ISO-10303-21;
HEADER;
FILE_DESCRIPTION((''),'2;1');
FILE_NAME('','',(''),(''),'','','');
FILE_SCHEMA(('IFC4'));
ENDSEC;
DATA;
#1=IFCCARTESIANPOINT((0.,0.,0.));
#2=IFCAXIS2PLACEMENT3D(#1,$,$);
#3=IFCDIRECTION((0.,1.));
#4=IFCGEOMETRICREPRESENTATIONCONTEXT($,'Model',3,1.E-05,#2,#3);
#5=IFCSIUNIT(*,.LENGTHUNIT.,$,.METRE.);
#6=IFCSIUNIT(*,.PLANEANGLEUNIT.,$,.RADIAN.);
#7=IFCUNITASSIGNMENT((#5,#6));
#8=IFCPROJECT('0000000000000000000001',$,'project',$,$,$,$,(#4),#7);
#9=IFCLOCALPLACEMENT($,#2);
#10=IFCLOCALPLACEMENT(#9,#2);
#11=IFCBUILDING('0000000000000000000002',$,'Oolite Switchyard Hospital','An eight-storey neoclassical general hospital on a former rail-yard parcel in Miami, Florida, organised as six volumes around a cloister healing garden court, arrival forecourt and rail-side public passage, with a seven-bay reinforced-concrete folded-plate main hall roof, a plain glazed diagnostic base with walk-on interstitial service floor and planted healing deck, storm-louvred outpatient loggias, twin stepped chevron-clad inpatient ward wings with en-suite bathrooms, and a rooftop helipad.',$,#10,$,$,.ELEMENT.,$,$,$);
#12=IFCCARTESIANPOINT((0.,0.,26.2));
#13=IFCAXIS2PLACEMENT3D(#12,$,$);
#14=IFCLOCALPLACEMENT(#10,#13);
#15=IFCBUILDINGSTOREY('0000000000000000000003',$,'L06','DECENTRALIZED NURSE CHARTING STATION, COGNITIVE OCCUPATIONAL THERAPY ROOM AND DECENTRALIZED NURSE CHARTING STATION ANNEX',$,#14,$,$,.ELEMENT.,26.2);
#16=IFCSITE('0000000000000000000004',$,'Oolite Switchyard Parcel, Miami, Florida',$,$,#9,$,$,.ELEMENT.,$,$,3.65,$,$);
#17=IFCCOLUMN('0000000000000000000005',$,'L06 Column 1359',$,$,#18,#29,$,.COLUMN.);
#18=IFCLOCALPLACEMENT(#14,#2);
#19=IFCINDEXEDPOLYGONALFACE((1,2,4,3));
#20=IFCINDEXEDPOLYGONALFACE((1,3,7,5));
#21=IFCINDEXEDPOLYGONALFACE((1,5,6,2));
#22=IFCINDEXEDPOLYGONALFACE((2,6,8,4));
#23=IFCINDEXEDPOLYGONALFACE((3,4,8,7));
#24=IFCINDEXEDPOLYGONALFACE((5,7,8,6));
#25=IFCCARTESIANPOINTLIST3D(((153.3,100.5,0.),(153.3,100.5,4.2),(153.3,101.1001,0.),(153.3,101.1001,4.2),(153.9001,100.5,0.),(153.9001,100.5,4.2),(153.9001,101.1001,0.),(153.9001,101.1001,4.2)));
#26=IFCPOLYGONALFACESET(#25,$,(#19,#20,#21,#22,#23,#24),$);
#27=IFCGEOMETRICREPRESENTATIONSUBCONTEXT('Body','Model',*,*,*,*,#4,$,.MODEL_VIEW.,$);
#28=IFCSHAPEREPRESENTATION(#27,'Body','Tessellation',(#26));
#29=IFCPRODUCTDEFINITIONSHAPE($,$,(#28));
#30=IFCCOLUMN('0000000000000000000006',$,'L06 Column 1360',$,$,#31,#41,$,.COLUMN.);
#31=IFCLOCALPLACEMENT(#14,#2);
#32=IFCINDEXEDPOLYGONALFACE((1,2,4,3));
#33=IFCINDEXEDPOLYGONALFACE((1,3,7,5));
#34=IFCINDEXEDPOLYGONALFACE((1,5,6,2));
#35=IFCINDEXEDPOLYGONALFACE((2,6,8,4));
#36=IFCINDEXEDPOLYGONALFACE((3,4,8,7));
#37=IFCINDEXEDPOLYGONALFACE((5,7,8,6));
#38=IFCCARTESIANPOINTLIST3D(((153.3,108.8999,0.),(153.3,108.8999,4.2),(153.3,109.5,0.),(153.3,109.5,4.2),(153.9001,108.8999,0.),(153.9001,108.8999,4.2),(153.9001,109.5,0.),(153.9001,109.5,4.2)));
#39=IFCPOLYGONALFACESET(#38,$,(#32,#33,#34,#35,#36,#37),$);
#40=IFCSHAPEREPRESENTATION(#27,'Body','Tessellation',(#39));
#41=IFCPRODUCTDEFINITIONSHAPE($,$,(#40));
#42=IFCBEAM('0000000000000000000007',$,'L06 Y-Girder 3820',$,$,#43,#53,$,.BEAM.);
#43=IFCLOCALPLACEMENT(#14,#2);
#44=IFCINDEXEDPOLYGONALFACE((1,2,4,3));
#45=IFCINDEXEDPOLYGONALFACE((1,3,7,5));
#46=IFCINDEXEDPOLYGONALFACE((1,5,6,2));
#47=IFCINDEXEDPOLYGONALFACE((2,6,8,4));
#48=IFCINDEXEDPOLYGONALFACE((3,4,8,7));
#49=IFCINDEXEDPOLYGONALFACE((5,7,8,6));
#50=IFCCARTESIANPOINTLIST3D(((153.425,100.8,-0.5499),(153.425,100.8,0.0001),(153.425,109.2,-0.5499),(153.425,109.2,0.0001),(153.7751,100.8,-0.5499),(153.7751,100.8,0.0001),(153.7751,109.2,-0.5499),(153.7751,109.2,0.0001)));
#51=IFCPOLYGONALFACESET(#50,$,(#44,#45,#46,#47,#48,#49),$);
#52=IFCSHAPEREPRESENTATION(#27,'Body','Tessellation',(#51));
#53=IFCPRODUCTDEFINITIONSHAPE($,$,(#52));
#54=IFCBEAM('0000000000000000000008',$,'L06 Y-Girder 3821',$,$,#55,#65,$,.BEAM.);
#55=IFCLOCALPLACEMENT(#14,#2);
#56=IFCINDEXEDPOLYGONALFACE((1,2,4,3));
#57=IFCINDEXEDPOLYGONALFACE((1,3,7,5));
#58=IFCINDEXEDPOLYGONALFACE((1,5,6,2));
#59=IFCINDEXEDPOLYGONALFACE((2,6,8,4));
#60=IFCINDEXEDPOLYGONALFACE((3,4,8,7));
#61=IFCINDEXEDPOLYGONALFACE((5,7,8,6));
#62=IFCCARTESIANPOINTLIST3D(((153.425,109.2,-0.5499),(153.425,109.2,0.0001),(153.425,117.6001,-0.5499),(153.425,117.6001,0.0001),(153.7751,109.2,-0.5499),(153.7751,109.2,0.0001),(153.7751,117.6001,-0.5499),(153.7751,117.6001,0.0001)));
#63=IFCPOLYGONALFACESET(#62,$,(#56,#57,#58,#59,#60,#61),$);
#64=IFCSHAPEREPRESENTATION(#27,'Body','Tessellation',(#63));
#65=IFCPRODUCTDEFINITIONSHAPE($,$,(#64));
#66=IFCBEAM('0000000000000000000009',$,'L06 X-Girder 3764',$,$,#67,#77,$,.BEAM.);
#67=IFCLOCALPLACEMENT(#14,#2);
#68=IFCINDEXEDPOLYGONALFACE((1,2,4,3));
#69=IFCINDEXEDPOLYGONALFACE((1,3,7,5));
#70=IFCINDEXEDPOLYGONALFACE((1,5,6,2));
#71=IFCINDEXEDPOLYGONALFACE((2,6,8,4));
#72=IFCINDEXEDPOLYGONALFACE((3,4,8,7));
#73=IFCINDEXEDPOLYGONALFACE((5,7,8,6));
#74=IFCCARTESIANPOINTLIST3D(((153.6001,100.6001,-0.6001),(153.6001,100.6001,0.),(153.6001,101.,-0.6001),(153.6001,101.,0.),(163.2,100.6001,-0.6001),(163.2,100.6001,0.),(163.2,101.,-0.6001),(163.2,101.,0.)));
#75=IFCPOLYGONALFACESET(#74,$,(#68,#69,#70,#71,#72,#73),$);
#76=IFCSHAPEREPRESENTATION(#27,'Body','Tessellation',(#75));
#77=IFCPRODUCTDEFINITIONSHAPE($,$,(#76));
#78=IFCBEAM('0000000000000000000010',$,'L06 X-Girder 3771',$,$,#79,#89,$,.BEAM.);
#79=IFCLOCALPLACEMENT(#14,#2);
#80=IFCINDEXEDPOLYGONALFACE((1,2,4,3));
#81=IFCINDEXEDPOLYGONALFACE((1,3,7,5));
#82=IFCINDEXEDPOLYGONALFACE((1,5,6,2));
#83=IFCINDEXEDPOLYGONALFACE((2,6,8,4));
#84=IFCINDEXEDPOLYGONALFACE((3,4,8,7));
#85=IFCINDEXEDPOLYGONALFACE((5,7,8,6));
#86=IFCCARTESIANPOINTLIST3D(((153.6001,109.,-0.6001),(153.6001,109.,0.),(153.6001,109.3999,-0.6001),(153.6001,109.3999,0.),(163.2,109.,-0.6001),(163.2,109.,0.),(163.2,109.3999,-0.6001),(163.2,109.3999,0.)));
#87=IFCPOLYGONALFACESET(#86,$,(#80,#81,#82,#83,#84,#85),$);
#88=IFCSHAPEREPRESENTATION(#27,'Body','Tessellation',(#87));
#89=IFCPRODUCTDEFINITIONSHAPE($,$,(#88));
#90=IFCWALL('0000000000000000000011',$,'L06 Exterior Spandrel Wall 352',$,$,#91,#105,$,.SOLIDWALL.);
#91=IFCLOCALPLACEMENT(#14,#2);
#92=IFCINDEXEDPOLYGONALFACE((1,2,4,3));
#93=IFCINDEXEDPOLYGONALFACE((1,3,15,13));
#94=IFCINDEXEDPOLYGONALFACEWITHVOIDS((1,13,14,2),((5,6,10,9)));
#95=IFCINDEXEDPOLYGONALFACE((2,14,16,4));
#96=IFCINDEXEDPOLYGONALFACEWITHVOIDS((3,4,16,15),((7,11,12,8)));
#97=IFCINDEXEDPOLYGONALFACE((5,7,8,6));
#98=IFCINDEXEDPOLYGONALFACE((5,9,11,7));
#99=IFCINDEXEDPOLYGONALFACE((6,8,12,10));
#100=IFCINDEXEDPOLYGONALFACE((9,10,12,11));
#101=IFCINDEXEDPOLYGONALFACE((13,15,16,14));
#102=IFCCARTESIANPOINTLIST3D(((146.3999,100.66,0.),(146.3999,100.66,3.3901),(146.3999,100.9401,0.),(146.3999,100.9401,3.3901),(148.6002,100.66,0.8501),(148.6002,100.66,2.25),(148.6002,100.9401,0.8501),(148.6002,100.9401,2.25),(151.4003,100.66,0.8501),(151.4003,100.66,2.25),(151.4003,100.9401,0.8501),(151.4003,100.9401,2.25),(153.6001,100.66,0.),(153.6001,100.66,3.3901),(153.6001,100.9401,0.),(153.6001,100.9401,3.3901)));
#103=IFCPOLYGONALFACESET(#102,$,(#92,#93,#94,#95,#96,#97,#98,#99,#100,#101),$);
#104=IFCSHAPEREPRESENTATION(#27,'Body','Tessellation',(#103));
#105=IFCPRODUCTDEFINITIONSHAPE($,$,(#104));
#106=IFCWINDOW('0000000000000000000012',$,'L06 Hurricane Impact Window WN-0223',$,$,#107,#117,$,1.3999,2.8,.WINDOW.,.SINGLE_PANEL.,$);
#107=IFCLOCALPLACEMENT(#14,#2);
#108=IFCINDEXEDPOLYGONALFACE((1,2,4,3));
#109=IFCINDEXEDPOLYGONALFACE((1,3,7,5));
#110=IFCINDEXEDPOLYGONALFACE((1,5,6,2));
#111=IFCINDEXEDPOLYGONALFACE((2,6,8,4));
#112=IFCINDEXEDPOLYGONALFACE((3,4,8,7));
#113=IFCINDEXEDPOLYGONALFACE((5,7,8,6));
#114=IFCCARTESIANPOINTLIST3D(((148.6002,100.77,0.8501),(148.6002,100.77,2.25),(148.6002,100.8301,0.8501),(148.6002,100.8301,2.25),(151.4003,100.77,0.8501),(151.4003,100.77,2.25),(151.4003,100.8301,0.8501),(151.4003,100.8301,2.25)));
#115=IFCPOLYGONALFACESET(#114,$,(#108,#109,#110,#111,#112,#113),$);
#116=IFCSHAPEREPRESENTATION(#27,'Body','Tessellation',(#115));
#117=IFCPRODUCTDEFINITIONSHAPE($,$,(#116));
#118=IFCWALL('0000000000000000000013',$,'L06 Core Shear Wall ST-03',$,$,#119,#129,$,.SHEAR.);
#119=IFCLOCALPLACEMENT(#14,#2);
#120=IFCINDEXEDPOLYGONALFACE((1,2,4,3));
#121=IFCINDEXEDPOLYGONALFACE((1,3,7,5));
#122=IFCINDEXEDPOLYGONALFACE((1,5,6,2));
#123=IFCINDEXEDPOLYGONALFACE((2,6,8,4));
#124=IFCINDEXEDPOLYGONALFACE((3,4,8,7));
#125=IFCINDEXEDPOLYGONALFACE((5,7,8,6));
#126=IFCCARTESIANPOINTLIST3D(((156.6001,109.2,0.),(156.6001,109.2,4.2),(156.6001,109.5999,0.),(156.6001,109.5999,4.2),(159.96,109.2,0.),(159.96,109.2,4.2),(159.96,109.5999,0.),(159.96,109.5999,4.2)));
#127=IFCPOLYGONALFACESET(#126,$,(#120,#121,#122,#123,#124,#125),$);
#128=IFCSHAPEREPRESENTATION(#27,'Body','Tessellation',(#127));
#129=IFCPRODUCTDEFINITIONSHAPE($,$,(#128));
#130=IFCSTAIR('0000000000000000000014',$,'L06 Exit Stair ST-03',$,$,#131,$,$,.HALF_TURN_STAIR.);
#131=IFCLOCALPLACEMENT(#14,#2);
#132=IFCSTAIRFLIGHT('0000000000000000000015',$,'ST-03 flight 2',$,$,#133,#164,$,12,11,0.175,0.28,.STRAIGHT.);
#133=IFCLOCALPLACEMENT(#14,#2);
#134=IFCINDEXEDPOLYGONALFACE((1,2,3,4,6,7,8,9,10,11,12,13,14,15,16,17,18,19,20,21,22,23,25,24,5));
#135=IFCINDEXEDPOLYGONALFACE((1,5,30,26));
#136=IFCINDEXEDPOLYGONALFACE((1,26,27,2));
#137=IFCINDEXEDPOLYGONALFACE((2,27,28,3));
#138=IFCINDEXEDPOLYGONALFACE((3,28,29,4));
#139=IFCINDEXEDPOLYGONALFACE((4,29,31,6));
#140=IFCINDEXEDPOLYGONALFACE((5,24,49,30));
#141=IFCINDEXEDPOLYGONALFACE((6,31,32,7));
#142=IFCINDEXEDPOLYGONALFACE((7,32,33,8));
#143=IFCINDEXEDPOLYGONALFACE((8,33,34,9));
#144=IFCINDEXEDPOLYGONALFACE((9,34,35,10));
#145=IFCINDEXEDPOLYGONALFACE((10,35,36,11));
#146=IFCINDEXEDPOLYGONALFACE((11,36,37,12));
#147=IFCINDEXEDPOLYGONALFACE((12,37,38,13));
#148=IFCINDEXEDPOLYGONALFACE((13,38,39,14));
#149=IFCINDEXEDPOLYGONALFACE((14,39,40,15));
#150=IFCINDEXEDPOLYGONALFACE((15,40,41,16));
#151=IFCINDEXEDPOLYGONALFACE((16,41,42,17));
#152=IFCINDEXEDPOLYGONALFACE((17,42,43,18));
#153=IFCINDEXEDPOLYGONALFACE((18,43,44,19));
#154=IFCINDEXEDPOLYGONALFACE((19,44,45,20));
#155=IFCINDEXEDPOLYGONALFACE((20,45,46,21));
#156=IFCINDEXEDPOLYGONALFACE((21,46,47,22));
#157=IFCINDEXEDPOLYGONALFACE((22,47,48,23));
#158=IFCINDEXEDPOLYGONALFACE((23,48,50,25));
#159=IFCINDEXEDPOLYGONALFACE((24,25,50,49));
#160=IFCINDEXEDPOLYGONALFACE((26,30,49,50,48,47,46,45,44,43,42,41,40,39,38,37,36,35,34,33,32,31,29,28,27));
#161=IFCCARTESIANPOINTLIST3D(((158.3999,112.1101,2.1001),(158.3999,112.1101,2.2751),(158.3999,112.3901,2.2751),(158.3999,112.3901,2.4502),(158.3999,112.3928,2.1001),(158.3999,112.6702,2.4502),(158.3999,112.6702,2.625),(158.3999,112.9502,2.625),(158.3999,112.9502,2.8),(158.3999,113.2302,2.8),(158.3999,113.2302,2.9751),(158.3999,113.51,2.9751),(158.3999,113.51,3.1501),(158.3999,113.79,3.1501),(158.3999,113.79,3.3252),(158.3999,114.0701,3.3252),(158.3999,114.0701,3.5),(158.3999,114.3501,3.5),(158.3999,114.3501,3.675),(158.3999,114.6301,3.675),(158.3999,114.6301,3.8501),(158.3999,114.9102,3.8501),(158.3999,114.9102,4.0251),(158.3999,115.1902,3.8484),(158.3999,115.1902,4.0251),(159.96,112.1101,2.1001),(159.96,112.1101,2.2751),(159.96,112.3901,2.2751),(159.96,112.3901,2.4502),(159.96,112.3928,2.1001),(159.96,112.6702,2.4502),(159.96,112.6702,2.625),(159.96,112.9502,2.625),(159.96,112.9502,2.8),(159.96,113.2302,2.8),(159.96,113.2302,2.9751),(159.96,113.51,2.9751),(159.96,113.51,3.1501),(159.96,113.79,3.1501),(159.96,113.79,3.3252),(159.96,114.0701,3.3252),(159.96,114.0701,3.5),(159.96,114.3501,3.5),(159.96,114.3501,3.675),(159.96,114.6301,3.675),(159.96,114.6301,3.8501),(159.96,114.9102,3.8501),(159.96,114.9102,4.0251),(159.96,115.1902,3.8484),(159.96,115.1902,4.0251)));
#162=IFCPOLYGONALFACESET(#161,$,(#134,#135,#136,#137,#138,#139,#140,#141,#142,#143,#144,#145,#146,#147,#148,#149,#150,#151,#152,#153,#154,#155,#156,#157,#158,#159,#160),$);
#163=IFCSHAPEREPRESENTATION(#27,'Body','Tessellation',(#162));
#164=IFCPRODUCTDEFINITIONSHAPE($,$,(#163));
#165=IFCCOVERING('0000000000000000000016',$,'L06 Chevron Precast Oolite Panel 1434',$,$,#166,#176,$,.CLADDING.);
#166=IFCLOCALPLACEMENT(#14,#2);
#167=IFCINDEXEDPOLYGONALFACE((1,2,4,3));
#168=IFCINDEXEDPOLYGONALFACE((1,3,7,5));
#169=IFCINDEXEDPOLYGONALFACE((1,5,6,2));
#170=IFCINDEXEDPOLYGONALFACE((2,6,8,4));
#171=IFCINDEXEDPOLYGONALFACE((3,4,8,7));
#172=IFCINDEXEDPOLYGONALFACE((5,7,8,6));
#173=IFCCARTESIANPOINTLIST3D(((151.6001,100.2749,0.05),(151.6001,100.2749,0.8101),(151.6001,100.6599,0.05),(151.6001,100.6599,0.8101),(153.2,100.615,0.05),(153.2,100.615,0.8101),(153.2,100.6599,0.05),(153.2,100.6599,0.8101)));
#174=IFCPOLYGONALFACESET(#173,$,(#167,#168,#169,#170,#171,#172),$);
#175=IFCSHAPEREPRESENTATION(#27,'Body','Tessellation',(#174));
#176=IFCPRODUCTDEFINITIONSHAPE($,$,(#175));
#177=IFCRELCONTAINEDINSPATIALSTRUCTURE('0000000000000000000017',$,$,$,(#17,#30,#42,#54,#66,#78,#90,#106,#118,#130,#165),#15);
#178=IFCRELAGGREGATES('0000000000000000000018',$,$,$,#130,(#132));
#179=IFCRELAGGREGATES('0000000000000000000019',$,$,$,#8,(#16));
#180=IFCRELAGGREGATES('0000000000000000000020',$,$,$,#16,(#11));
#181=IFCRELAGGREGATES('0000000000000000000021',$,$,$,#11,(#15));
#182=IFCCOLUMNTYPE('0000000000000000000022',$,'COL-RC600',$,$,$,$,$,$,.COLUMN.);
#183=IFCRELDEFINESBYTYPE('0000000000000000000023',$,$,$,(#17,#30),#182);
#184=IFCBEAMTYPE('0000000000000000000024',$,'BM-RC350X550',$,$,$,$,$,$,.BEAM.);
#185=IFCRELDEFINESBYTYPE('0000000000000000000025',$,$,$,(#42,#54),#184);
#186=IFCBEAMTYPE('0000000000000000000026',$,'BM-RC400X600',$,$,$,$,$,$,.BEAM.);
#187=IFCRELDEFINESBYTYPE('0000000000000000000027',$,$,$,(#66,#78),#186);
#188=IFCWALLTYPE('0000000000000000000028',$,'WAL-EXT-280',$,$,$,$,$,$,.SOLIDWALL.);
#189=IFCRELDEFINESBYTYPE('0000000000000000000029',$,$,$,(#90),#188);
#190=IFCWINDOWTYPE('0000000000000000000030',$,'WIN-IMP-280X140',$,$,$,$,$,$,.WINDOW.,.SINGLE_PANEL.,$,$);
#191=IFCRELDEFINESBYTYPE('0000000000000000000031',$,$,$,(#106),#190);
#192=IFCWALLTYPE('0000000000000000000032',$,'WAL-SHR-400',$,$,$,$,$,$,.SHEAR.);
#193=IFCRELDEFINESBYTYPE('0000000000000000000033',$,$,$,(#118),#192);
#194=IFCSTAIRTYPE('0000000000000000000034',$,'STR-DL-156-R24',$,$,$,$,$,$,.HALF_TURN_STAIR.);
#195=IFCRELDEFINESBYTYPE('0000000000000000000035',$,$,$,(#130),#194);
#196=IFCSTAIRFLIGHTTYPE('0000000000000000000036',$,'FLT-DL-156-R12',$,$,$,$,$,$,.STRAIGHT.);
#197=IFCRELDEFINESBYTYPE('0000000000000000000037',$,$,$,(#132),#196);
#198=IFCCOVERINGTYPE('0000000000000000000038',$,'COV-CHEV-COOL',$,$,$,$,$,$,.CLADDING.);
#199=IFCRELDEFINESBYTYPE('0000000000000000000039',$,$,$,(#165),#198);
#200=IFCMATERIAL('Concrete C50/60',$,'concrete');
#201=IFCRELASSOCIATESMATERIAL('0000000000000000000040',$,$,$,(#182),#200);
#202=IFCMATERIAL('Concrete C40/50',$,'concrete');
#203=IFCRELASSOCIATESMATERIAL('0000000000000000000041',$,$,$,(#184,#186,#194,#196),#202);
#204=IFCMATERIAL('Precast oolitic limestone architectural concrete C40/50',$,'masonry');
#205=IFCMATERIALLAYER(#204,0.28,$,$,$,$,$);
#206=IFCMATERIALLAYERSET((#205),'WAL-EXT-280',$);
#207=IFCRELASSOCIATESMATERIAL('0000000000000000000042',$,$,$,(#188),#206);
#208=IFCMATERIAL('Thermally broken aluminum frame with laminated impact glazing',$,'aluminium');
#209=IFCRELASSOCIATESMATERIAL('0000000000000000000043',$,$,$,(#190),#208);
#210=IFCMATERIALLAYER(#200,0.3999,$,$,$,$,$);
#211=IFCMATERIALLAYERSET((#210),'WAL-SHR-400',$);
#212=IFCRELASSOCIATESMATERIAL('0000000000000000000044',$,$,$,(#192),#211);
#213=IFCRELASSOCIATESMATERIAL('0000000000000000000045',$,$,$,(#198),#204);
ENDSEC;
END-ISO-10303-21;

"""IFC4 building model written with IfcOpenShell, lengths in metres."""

from ifc_helpers import new_model, si_unit, direction, frame, frame_2d, origin, origin_2d, place, context, subcontext, project, spatial, polyline, rectangle, outline, extrude, material, layer, layer_set, material_profile, profile_set, type_object, element, fill, aggregate, save


model = new_model("IFC4")

# Units and contexts
model_context = context("Model", 3, precision=1e-05, world=origin(), true_north=direction((0.0, 1.0)))
body_context = subcontext(model_context, "Body", "Model", "MODEL_VIEW")
ifc_project = project(units=[si_unit("LENGTHUNIT", "METRE"), si_unit("PLANEANGLEUNIT", "RADIAN")], contexts=[model_context])

# Site, building, storey
site_placement = place(None, origin())
site = spatial("IfcSite", under=ifc_project, at=site_placement, Name="Oolite Switchyard Parcel, Miami, Florida", CompositionType="ELEMENT", RefElevation=3.65)
building_placement = place(site_placement, origin())
building = spatial("IfcBuilding", under=site, at=building_placement, Name="Oolite Switchyard Hospital", Description="An eight-storey neoclassical general hospital on a former rail-yard parcel in Miami, Florida, organised as six volumes around a cloister healing garden court, arrival forecourt and rail-side public passage, with a seven-bay reinforced-concrete folded-plate main hall roof, a plain glazed diagnostic base with walk-on interstitial service floor and planted healing deck, storm-louvred outpatient loggias, twin stepped chevron-clad inpatient ward wings with en-suite bathrooms, and a rooftop helipad.", CompositionType="ELEMENT")
storey_placement = place(building_placement, frame((0.0, 0.0, 26.2)))
storey = spatial("IfcBuildingStorey", under=building, at=storey_placement, Name="L06", Description="DECENTRALIZED NURSE CHARTING STATION, COGNITIVE OCCUPATIONAL THERAPY ROOM AND DECENTRALIZED NURSE CHARTING STATION ANNEX", CompositionType="ELEMENT", Elevation=26.2)

# Columns
ifc_material_1 = material(Name="Concrete C50/60", Category="concrete")
ifc_material_profile_1 = material_profile(ifc_material_1, rectangle(XDim=0.6001, YDim=0.6001, at=origin_2d()), Name="RC600X600")
ifc_profile_set_1 = profile_set([ifc_material_profile_1], Name="Concrete C50/60")
column_type = type_object("IfcColumnType", Name="COL-RC600", PredefinedType="COLUMN", material=ifc_profile_set_1)
for number, where, z_axis, x_axis, name in (
    (1, (153.6001, 100.8, 0.0), (0.0, 0.0, 1.0), (1.0, 0.0, 0.0), "L06 Column 1359"),
    (2, (153.6001, 109.2, 0.0), (0.0, 0.0, 1.0), (1.0, 0.0, 0.0), "L06 Column 1360"),
):
    element("IfcColumn", number, at=place(storey_placement, frame(where, z_axis=z_axis, x_axis=x_axis)), inside=storey, type_object=column_type, Name=name, PredefinedType="COLUMN", context=body_context, shape_type="SweptSolid", body=[
        extrude(rectangle(XDim=0.6001, YDim=0.6001, at=origin_2d()), origin(), (0.0, 0.0, 1.0), 4.2),
    ])

# Beams
ifc_material_2 = material(Name="Concrete C40/50", Category="concrete")
ifc_material_profile_2 = material_profile(ifc_material_2, rectangle(XDim=0.3501, YDim=0.55, at=origin_2d()), Name="RCB350X550")
ifc_profile_set_2 = profile_set([ifc_material_profile_2], Name="Concrete C40/50")
beam_type_1 = type_object("IfcBeamType", Name="BM-RC350X550", PredefinedType="BEAM", material=ifc_profile_set_2)
beam_1_placement = place(storey_placement, frame((153.6001, 100.8, -0.2749), z_axis=(0.0, 1.0, 0.0), x_axis=(-1.0, 0.0, 0.0)))
element("IfcBeam", 3, at=beam_1_placement, inside=storey, type_object=beam_type_1, Name="L06 Y-Girder 3820", PredefinedType="BEAM", context=body_context, shape_type="SweptSolid", body=[
    extrude(rectangle(XDim=0.3501, YDim=0.55, at=origin_2d()), origin(), (0.0, 0.0, 1.0), 8.3999),
])
beam_2_placement = place(storey_placement, frame((153.6001, 109.2, -0.2749), z_axis=(0.0, 1.0, 0.0), x_axis=(-1.0, 0.0, 0.0)))
element("IfcBeam", 4, at=beam_2_placement, inside=storey, type_object=beam_type_1, Name="L06 Y-Girder 3821", PredefinedType="BEAM", context=body_context, shape_type="SweptSolid", body=[
    extrude(rectangle(XDim=0.3501, YDim=0.55, at=origin_2d()), origin(), (0.0, 0.0, 1.0), 8.4001),
])
ifc_material_profile_3 = material_profile(ifc_material_2, rectangle(XDim=0.3999, YDim=0.6001, at=origin_2d()), Name="RCB400X600")
ifc_profile_set_3 = profile_set([ifc_material_profile_3], Name="Concrete C40/50")
beam_type_2 = type_object("IfcBeamType", Name="BM-RC400X600", PredefinedType="BEAM", material=ifc_profile_set_3)
for number, where, z_axis, x_axis, name in (
    (5, (153.6001, 100.8, -0.3), (1.0, 0.0, 0.0), (0.0, 1.0, 0.0), "L06 X-Girder 3764"),
    (6, (153.6001, 109.2, -0.3), (1.0, 0.0, 0.0), (0.0, 1.0, 0.0), "L06 X-Girder 3771"),
):
    element("IfcBeam", number, at=place(storey_placement, frame(where, z_axis=z_axis, x_axis=x_axis)), inside=storey, type_object=beam_type_2, Name=name, PredefinedType="BEAM", context=body_context, shape_type="SweptSolid", body=[
        extrude(rectangle(XDim=0.3999, YDim=0.6001, at=origin_2d()), origin(), (0.0, 0.0, 1.0), 9.5999),
    ])

# Wall, opening, window
ifc_material_3 = material(Name="Precast oolitic limestone architectural concrete C40/50", Category="masonry")
ifc_layer_1 = layer(ifc_material_3, 0.28)
ifc_layer_set_1 = layer_set([ifc_layer_1], Name="WAL-EXT-280")
wall_type_1 = type_object("IfcWallType", Name="WAL-EXT-280", PredefinedType="SOLIDWALL", material=ifc_layer_set_1)
wall_1_placement = place(storey_placement, frame((153.6001, 100.8, 0.0), z_axis=(0.0, 0.0, 1.0), x_axis=(-1.0, 0.0, 0.0)))
wall_1 = element("IfcWall", 7, at=wall_1_placement, inside=storey, type_object=wall_type_1, Name="L06 Exterior Spandrel Wall 352", PredefinedType="SOLIDWALL", context=body_context, shape_type="SweptSolid", body=[
    extrude(rectangle(XDim=7.2002, YDim=0.28, at=frame_2d((3.6001, 0.0))), origin(), (0.0, 0.0, 1.0), 3.3901),
])
opening_placement = place(wall_1_placement, frame((2.2, 0.0, 0.8501)))
opening = element("IfcOpeningElement", 8, at=opening_placement, cuts=wall_1, PredefinedType="OPENING", context=body_context, shape_type="SweptSolid", body=[
    extrude(rectangle(XDim=2.8, YDim=1.3999, at=frame_2d((1.3999, 0.7))), frame((0.0, 0.1499, 0.0), z_axis=(0.0, -1.0, 0.0), x_axis=(1.0, 0.0, 0.0)), (0.0, 0.0, 1.0), 0.3),
])
ifc_material_4 = material(Name="Thermally broken aluminum frame with laminated impact glazing", Category="aluminium")
window_type = type_object("IfcWindowType", Name="WIN-IMP-280X140", PartitioningType="SINGLE_PANEL", PredefinedType="WINDOW", material=ifc_material_4)
window_placement = place(opening_placement, origin())
window = element("IfcWindow", 9, at=window_placement, inside=storey, type_object=window_type, Name="L06 Hurricane Impact Window WN-0223", OverallHeight=1.3999, OverallWidth=2.8, PartitioningType="SINGLE_PANEL", PredefinedType="WINDOW", context=body_context, shape_type="SweptSolid", body=[
    extrude(rectangle(XDim=2.8, YDim=1.3999, at=frame_2d((1.3999, 0.7))), frame((0.0, 0.03, 0.0), z_axis=(0.0, -1.0, 0.0), x_axis=(1.0, 0.0, 0.0)), (0.0, 0.0, 1.0), 0.0601),
])
fill(opening, window)

# Wall
ifc_layer_2 = layer(ifc_material_1, 0.3999)
ifc_layer_set_2 = layer_set([ifc_layer_2], Name="WAL-SHR-400")
wall_type_2 = type_object("IfcWallType", Name="WAL-SHR-400", PredefinedType="SHEAR", material=ifc_layer_set_2)
wall_2_placement = place(storey_placement, frame((156.6001, 109.3999, 0.0), z_axis=(0.0, 0.0, 1.0), x_axis=(1.0, 0.0, 0.0)))
element("IfcWall", 10, at=wall_2_placement, inside=storey, type_object=wall_type_2, Name="L06 Core Shear Wall ST-03", PredefinedType="SHEAR", context=body_context, shape_type="SweptSolid", body=[
    extrude(rectangle(XDim=3.3599, YDim=0.3999, at=frame_2d((1.6799, 0.0))), origin(), (0.0, 0.0, 1.0), 4.2),
])

# Stair, stair flight
stair_type = type_object("IfcStairType", Name="STR-DL-156-R24", PredefinedType="HALF_TURN_STAIR", material=ifc_material_2)
stair_placement = place(storey_placement, origin())
stair = element("IfcStair", 11, at=stair_placement, inside=storey, type_object=stair_type, Name="L06 Exit Stair ST-03", PredefinedType="HALF_TURN_STAIR")
stair_flight_type = type_object("IfcStairFlightType", Name="FLT-DL-156-R12", PredefinedType="STRAIGHT", material=ifc_material_2)
stair_flight_placement = place(storey_placement, frame((159.1799, 112.1101, 2.1001), z_axis=(0.0, 0.0, 1.0), x_axis=(0.0, 1.0, 0.0)))
stair_flight = element("IfcStairFlight", 12, at=stair_flight_placement, type_object=stair_flight_type, Name="ST-03 flight 2", NumberOfRisers=12, NumberOfTreads=11, PredefinedType="STRAIGHT", RiserHeight=0.175, TreadLength=0.28, context=body_context, shape_type="SweptSolid", body=[
    extrude(outline(polyline([(0.0, 0.0), (0.0, 0.175), (0.28, 0.175), (0.28, 0.3501), (0.5601, 0.3501), (0.5601, 0.5249), (0.8401, 0.5249), (0.8401, 0.7), (1.1201, 0.7), (1.1201, 0.875), (1.3999, 0.875), (1.3999, 1.05), (1.6799, 1.05), (1.6799, 1.2251), (1.96, 1.2251), (1.96, 1.3999), (2.24, 1.3999), (2.24, 1.575), (2.52, 1.575), (2.52, 1.75), (2.8, 1.75), (2.8, 1.925), (3.0801, 1.925), (3.0801, 2.1001), (3.0801, 1.7483), (0.2827, 0.0), (0.0, 0.0)])), frame((0.0, 0.78, 0.0), z_axis=(0.0, -1.0, 0.0), x_axis=(1.0, 0.0, 0.0)), (0.0, 0.0, 1.0), 1.5601),
])
aggregate(stair, [stair_flight])

# Covering
covering_type = type_object("IfcCoveringType", Name="COV-CHEV-COOL", PredefinedType="CLADDING", material=ifc_material_3)
covering_1_placement = place(storey_placement, frame((153.2, 100.6599, 0.05), z_axis=(0.0, 0.0, 1.0), x_axis=(-1.0, 0.0, 0.0)))
element("IfcCovering", 13, at=covering_1_placement, inside=storey, type_object=covering_type, Name="L06 Chevron Precast Oolite Panel 1434", PredefinedType="CLADDING", context=body_context, shape_type="SweptSolid", body=[
    extrude(outline(polyline([(0.0, 0.0), (1.5999, 0.0), (1.5999, 0.385), (0.0, 0.0449), (0.0, 0.0)])), origin(), (0.0, 0.0, 1.0), 0.76),
])

save(model, "model.ifc")
